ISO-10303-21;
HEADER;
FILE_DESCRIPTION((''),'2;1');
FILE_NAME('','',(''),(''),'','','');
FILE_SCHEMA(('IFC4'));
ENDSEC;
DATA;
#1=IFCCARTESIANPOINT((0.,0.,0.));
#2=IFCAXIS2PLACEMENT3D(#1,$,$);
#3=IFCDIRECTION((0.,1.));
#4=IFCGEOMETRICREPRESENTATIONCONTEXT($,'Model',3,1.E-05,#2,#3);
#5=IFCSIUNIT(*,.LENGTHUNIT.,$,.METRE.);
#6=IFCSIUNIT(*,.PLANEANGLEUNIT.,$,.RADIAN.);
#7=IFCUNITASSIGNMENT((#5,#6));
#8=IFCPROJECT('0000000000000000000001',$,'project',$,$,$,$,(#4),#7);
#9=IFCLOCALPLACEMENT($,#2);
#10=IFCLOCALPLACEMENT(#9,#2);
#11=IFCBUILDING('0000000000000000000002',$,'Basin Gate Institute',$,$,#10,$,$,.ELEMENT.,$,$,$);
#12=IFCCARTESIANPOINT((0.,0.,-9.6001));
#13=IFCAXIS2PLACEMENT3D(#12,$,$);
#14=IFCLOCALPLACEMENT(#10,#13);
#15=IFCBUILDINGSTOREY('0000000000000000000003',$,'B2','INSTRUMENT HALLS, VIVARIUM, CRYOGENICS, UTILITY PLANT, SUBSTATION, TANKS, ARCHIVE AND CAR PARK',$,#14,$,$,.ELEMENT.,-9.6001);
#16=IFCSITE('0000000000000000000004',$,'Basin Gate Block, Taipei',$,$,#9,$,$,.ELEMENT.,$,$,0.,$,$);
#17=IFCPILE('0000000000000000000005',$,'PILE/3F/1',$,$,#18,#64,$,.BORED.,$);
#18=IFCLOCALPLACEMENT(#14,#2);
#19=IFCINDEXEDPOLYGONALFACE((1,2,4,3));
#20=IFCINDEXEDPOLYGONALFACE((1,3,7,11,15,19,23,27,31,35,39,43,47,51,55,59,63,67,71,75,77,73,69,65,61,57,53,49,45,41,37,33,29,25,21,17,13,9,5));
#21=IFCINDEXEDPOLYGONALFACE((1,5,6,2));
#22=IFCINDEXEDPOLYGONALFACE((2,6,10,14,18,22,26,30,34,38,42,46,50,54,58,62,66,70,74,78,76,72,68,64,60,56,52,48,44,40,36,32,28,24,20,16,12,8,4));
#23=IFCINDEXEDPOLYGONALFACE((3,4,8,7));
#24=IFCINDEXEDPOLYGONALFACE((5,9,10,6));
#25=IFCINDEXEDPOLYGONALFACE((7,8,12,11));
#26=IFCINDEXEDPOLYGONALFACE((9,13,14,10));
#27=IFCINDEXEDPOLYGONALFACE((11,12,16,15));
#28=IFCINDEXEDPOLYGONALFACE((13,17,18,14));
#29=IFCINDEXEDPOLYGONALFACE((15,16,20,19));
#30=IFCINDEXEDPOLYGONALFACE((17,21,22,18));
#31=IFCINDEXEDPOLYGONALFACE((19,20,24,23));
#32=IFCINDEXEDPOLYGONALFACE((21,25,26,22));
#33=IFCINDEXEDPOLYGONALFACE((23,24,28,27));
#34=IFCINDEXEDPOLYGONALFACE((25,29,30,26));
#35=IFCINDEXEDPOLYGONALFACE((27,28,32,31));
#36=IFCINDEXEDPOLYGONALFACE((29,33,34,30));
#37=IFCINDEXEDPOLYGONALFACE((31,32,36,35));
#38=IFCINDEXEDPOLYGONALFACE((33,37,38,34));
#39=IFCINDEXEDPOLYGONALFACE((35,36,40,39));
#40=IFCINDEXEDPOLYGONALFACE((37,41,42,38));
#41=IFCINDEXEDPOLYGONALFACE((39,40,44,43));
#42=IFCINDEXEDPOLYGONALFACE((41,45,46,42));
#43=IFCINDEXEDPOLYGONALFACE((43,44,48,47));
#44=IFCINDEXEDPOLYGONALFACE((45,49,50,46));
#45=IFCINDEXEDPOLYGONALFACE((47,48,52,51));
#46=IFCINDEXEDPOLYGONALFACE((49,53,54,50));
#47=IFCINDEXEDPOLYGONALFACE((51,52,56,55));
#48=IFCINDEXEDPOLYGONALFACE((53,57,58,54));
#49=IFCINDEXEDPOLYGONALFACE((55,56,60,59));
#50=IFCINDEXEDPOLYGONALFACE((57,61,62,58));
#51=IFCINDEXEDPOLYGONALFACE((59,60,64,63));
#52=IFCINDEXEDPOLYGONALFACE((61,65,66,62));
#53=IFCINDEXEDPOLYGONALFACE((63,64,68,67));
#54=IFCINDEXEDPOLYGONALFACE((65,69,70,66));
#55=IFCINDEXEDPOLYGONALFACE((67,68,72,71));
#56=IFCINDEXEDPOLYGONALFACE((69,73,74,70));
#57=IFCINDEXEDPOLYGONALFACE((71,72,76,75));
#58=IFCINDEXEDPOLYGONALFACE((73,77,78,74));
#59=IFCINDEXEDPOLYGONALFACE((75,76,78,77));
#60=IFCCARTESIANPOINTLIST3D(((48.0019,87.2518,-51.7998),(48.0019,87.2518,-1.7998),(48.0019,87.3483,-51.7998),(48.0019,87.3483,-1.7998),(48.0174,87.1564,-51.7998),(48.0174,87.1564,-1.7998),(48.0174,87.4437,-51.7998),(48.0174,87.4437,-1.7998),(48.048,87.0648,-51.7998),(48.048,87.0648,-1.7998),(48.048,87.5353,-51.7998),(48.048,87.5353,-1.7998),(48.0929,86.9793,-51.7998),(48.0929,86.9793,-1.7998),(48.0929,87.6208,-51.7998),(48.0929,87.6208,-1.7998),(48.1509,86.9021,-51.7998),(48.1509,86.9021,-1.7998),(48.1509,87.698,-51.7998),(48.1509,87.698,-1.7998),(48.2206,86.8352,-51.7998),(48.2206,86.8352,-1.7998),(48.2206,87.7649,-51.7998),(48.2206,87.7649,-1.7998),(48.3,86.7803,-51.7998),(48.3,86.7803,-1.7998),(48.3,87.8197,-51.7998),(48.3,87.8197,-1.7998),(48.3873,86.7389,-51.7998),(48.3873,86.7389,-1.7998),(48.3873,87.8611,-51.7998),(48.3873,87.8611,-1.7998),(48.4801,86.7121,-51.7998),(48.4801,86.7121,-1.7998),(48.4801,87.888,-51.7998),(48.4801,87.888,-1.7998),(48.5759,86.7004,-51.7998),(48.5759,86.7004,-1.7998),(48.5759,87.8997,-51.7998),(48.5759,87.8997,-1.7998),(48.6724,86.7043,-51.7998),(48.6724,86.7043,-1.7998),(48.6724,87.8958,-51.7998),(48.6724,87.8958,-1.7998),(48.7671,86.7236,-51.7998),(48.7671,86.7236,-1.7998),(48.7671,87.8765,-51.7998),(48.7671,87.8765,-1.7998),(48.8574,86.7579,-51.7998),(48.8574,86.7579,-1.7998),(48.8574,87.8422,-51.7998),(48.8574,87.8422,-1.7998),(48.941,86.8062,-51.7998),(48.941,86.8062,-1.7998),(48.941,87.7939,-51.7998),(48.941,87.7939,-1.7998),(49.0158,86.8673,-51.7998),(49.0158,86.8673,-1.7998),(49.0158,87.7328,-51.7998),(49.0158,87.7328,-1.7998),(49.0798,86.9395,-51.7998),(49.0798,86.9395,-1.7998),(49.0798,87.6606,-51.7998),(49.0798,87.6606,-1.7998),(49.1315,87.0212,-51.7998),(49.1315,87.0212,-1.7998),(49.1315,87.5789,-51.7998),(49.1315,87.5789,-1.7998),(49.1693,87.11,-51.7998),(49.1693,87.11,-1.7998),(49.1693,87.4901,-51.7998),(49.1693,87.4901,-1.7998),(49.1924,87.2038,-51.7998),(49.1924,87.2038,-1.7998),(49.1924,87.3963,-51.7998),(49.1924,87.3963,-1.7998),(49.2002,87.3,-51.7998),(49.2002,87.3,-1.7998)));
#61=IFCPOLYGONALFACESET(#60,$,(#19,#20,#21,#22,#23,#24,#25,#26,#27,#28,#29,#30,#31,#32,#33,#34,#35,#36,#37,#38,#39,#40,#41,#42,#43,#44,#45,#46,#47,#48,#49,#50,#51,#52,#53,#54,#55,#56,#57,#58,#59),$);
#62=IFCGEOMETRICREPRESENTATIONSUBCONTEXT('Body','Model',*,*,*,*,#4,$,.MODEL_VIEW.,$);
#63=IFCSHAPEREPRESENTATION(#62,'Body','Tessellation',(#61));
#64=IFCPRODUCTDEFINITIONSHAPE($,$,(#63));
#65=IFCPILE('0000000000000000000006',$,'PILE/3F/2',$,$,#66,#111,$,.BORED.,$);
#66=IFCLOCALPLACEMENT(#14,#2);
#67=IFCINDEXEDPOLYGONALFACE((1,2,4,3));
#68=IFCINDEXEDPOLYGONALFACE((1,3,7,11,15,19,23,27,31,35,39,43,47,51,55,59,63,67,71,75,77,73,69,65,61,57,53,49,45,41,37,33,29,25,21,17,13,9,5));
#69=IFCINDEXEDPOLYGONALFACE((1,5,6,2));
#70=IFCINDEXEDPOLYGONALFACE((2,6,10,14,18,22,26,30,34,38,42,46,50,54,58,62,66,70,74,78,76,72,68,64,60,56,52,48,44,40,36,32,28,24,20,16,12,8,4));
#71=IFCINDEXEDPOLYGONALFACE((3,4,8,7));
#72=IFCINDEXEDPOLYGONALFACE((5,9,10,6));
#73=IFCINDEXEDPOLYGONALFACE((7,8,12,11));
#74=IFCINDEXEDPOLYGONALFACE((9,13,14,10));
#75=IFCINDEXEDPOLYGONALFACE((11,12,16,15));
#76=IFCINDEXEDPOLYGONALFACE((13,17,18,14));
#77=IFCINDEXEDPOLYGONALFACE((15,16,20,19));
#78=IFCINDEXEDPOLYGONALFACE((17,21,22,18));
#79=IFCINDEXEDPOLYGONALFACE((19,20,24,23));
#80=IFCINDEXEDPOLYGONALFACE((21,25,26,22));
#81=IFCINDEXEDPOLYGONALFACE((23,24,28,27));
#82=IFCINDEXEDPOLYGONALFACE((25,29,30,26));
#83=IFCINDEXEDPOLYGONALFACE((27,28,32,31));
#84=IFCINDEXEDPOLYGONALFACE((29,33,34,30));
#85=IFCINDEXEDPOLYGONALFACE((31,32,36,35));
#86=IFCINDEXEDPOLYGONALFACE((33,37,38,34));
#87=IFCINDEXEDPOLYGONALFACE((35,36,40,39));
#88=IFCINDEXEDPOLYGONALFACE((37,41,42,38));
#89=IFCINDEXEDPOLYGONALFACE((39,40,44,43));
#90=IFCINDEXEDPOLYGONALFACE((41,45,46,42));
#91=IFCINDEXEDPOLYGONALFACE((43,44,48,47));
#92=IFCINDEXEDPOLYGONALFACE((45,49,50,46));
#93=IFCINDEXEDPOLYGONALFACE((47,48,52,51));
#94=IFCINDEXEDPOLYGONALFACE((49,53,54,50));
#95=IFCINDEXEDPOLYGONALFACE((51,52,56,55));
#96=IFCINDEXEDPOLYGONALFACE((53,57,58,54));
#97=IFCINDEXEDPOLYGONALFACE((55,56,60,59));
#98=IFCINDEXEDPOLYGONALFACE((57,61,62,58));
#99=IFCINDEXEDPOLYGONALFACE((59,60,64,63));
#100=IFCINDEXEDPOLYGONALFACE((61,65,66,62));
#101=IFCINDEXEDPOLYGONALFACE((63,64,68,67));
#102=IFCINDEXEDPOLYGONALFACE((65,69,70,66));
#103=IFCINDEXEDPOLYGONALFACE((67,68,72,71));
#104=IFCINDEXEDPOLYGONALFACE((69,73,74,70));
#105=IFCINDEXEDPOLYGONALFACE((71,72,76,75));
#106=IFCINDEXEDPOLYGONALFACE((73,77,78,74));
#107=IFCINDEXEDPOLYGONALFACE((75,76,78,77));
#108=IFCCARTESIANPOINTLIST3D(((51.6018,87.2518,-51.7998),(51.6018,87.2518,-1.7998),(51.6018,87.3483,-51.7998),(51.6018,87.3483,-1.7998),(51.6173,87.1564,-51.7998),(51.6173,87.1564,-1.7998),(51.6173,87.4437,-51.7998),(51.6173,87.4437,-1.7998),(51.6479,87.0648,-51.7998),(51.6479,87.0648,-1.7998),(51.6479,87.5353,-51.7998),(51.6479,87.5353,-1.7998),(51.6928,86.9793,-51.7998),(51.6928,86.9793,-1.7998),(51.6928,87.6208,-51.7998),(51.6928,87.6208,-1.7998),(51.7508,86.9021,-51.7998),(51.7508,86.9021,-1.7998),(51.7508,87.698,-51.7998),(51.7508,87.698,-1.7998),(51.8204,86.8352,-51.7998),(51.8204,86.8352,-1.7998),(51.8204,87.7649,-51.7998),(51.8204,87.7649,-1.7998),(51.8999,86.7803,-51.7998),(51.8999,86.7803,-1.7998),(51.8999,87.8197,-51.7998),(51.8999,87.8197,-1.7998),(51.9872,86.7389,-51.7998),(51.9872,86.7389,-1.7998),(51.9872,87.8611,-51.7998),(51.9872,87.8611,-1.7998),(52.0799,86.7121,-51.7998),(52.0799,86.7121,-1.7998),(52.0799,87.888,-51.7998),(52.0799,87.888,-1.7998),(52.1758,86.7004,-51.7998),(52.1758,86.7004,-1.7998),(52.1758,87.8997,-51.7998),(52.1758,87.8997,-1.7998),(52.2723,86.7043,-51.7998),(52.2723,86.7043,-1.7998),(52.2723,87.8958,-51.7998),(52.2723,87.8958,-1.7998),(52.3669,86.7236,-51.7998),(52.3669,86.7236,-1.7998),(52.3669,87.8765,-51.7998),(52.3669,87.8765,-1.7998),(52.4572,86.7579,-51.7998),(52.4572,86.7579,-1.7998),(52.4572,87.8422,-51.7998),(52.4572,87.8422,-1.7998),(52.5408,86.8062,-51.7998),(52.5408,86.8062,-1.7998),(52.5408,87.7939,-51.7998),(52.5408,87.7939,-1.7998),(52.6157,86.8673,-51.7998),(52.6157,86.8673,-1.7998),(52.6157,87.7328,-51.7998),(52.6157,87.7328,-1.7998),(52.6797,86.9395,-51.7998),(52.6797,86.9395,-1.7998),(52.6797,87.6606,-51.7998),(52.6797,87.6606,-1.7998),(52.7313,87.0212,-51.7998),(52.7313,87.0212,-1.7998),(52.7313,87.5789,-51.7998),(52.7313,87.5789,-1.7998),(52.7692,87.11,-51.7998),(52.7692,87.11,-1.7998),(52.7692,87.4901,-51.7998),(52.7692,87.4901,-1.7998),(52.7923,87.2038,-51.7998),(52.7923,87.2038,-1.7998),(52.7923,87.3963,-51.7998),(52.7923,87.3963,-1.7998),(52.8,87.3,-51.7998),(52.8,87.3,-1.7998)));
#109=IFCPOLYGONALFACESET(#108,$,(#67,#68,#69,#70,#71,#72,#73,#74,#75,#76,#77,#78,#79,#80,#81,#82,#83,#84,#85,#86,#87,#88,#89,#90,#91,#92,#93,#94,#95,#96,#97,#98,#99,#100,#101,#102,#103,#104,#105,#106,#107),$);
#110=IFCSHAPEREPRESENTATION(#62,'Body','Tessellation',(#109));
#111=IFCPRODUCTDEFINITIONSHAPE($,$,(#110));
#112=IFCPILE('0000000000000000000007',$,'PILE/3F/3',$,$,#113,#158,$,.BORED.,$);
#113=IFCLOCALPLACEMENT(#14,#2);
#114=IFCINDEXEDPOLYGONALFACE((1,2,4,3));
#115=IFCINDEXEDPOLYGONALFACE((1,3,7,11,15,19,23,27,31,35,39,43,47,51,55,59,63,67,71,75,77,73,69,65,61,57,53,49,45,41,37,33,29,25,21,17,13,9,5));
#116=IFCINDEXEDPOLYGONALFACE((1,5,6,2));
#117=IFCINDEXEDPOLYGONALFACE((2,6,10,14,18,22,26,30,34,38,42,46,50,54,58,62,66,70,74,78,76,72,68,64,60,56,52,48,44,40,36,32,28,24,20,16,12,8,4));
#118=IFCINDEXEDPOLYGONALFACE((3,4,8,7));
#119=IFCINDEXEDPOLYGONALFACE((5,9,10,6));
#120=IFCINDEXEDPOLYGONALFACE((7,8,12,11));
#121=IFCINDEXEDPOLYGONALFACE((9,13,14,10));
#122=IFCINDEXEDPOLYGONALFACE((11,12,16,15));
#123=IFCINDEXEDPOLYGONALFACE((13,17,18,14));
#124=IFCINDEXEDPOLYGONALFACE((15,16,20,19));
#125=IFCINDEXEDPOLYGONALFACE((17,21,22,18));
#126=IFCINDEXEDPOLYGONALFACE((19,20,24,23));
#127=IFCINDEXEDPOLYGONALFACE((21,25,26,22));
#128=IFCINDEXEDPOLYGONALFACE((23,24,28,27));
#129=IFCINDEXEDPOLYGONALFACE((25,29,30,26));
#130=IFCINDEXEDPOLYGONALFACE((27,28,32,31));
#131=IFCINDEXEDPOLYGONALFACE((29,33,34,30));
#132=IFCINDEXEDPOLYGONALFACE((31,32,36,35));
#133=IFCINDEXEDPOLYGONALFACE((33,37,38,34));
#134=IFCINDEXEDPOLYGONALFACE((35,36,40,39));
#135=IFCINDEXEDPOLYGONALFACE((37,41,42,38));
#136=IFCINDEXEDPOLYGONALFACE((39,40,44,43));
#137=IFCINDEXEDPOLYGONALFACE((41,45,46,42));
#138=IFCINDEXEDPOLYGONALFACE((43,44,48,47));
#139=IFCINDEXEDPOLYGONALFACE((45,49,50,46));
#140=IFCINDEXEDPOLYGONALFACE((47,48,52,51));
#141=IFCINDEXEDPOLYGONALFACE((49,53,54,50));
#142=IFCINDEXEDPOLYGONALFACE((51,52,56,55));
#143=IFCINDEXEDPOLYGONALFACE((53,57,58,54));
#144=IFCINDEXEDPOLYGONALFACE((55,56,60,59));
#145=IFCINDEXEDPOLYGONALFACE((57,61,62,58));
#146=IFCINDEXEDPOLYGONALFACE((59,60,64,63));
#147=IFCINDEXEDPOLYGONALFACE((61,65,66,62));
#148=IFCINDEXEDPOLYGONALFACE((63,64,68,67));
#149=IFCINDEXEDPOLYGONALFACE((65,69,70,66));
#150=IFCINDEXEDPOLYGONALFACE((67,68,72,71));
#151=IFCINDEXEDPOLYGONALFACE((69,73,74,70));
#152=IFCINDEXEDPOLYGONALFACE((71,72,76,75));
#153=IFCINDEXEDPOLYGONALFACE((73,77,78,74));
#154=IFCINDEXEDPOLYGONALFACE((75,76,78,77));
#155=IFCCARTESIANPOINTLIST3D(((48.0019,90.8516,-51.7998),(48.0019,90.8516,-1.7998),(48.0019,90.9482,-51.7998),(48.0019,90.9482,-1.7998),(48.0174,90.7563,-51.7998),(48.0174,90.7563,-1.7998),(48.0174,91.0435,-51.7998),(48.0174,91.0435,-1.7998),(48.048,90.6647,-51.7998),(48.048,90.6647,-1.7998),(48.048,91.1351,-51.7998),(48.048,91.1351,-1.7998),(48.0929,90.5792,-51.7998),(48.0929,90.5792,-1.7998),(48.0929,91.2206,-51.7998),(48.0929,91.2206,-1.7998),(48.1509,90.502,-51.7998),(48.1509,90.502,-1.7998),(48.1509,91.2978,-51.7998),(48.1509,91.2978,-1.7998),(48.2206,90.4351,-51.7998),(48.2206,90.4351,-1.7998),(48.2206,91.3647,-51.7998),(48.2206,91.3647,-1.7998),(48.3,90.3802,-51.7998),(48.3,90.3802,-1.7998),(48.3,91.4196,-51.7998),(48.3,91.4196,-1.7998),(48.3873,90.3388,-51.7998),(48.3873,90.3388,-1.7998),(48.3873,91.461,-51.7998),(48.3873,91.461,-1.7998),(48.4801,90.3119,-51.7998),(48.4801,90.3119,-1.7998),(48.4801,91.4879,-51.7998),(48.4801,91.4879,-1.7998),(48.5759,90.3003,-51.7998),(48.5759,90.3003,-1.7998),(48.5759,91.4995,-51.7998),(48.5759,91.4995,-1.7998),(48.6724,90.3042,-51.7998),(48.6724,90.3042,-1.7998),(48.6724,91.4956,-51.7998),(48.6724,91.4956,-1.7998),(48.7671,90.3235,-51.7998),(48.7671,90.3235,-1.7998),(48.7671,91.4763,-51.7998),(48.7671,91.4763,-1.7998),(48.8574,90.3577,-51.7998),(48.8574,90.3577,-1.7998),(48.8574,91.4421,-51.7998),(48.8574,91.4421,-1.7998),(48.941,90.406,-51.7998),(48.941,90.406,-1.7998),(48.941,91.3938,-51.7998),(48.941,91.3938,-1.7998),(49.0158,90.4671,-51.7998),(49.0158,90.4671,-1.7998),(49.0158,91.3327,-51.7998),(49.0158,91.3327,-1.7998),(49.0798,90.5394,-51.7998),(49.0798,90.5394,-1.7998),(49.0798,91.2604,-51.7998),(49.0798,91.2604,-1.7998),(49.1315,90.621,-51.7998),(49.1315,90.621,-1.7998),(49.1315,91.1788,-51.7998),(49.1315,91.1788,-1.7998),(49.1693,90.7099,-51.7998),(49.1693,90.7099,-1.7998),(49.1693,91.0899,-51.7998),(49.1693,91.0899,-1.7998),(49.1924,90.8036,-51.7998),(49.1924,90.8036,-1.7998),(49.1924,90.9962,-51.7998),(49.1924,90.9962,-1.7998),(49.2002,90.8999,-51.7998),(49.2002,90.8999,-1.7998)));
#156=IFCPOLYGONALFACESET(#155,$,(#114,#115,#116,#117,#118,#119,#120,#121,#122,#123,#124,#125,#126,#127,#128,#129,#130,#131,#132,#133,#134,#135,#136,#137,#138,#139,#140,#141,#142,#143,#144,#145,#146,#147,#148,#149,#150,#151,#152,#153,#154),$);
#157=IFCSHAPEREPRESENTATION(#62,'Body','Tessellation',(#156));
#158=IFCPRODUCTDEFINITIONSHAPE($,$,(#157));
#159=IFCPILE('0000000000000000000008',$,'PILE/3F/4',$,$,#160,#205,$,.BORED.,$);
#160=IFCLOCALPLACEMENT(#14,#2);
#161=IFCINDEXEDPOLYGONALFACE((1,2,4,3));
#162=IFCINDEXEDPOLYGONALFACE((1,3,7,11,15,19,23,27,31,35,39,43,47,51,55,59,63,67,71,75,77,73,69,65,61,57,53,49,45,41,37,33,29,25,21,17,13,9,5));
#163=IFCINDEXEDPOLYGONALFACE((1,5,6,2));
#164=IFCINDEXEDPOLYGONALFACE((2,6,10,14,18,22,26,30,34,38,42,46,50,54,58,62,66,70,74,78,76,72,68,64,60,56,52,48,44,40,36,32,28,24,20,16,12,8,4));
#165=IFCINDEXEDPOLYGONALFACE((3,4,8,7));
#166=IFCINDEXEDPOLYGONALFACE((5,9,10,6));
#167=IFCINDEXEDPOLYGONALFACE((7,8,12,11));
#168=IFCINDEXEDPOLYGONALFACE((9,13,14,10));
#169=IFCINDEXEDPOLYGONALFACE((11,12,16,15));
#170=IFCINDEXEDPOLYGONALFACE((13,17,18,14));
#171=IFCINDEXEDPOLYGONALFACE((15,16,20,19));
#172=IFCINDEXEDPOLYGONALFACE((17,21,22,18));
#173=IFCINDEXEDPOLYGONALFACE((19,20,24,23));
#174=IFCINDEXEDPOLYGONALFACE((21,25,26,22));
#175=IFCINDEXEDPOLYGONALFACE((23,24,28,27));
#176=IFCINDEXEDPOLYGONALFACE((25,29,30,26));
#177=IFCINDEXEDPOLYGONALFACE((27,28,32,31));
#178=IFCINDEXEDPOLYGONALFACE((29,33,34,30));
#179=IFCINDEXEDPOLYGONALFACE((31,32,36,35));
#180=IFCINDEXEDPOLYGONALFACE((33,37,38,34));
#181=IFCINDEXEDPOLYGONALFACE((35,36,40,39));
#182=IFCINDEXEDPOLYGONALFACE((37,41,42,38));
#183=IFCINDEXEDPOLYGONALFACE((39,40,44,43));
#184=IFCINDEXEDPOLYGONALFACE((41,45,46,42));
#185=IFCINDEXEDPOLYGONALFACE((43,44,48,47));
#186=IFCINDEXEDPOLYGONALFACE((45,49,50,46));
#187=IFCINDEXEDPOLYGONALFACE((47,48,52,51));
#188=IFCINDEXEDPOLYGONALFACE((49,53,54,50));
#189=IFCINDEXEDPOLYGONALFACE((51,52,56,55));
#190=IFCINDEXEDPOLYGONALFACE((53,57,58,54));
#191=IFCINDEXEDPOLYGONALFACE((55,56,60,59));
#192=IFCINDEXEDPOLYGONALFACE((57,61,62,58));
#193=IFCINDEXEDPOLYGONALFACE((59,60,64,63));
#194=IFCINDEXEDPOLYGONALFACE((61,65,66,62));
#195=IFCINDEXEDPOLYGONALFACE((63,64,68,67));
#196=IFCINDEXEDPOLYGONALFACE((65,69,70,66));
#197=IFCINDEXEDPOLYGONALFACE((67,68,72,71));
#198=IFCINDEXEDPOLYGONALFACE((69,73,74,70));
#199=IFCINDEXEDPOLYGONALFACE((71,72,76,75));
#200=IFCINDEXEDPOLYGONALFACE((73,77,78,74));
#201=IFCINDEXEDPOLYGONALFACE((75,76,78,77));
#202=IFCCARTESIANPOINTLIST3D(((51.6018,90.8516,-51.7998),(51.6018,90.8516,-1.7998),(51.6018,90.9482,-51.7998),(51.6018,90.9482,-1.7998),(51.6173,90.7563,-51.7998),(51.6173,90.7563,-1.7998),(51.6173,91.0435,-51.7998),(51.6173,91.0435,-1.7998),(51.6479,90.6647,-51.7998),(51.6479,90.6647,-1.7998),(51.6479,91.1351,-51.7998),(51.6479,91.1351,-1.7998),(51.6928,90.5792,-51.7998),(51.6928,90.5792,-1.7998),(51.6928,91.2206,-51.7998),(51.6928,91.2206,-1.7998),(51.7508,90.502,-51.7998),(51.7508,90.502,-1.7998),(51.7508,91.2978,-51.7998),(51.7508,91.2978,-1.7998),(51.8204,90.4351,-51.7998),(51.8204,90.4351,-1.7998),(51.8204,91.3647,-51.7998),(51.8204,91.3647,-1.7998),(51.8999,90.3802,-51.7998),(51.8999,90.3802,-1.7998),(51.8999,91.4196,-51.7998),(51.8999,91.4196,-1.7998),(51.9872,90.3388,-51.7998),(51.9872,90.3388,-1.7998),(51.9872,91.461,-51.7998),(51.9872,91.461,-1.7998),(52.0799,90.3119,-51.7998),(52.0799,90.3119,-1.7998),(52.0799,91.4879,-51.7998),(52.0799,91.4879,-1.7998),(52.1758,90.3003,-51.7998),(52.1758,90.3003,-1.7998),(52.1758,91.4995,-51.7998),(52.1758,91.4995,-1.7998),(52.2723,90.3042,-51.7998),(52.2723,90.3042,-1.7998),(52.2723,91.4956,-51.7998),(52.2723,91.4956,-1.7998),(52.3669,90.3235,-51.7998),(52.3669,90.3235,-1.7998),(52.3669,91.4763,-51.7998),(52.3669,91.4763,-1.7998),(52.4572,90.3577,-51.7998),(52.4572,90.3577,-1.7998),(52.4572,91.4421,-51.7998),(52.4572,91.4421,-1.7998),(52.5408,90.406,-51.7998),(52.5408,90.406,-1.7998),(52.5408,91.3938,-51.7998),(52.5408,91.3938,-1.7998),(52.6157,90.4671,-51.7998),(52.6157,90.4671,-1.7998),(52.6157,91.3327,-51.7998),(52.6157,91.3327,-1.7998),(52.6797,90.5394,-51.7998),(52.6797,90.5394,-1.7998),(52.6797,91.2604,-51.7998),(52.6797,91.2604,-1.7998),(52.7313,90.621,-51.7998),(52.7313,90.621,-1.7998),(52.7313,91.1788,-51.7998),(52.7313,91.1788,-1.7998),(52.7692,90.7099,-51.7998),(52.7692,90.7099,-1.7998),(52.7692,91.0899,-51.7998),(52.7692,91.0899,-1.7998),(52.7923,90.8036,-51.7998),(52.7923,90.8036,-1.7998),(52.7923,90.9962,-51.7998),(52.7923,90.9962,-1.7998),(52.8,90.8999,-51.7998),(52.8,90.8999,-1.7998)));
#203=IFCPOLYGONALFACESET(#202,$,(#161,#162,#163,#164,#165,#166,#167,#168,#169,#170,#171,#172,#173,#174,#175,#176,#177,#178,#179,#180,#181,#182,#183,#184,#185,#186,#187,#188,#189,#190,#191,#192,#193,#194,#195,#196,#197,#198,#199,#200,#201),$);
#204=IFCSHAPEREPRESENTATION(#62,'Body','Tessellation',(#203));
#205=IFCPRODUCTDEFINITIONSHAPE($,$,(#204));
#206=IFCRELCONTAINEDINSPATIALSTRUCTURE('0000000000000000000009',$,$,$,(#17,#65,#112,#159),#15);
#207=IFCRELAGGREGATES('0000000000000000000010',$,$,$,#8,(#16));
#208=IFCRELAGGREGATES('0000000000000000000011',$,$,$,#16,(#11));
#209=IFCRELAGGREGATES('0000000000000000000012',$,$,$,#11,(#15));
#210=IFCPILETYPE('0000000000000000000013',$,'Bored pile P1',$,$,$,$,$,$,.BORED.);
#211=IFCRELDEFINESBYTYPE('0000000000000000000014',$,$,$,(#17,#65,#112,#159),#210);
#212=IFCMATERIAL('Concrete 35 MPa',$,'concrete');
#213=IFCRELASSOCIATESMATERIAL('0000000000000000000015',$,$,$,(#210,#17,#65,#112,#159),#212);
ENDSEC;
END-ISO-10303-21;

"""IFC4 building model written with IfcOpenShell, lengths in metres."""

from ifc_helpers import new_model, si_unit, direction, frame, origin, origin_2d, place, context, subcontext, project, spatial, circle, extrude, material, material_profile, profile_set, type_object, element, save


model = new_model("IFC4")

# Units and contexts
model_context = context("Model", 3, precision=1e-05, world=origin(), true_north=direction((0.0, 1.0)))
body_context = subcontext(model_context, "Body", "Model", "MODEL_VIEW")
ifc_project = project(units=[si_unit("LENGTHUNIT", "METRE"), si_unit("PLANEANGLEUNIT", "RADIAN")], contexts=[model_context])

# Site, building, storey
site_placement = place(None, origin())
site = spatial("IfcSite", under=ifc_project, at=site_placement, Name="Basin Gate Block, Taipei", CompositionType="ELEMENT", RefElevation=0.0)
building_placement = place(site_placement, origin())
building = spatial("IfcBuilding", under=site, at=building_placement, Name="Basin Gate Institute", CompositionType="ELEMENT")
storey_placement = place(building_placement, frame((0.0, 0.0, -9.6001)))
storey = spatial("IfcBuildingStorey", under=building, at=storey_placement, Name="B2", Description="INSTRUMENT HALLS, VIVARIUM, CRYOGENICS, UTILITY PLANT, SUBSTATION, TANKS, ARCHIVE AND CAR PARK", CompositionType="ELEMENT", Elevation=-9.6001)

# Piles
ifc_material_1 = material(Name="Concrete 35 MPa", Category="concrete")
ifc_material_profile_1 = material_profile(ifc_material_1, circle(Radius=0.6001, at=origin_2d()), Name="Bored pile P1 1200 dia")
ifc_profile_set_1 = profile_set([ifc_material_profile_1], Name="Concrete 35 MPa")
pile_type = type_object("IfcPileType", Name="Bored pile P1", PredefinedType="BORED", material=ifc_profile_set_1)
for number, where, z_axis, x_axis, name in (
    (1, (48.6001, 87.3, -1.7998), (0.0, 0.0, -1.0), (1.0, 0.0, 0.0), "PILE/3F/1"),
    (2, (52.2, 87.3, -1.7998), (0.0, 0.0, -1.0), (1.0, 0.0, 0.0), "PILE/3F/2"),
    (3, (48.6001, 90.8999, -1.7998), (0.0, 0.0, -1.0), (1.0, 0.0, 0.0), "PILE/3F/3"),
    (4, (52.2, 90.8999, -1.7998), (0.0, 0.0, -1.0), (1.0, 0.0, 0.0), "PILE/3F/4"),
):
    element("IfcPile", number, at=place(storey_placement, frame(where, z_axis=z_axis, x_axis=x_axis)), inside=storey, type_object=pile_type, material=ifc_profile_set_1, Name=name, PredefinedType="BORED", context=body_context, shape_type="SweptSolid", body=[
        extrude(circle(Radius=0.6001, at=origin_2d()), origin(), (0.0, 0.0, 1.0), 50.0),
    ])

save(model, "model.ifc")
